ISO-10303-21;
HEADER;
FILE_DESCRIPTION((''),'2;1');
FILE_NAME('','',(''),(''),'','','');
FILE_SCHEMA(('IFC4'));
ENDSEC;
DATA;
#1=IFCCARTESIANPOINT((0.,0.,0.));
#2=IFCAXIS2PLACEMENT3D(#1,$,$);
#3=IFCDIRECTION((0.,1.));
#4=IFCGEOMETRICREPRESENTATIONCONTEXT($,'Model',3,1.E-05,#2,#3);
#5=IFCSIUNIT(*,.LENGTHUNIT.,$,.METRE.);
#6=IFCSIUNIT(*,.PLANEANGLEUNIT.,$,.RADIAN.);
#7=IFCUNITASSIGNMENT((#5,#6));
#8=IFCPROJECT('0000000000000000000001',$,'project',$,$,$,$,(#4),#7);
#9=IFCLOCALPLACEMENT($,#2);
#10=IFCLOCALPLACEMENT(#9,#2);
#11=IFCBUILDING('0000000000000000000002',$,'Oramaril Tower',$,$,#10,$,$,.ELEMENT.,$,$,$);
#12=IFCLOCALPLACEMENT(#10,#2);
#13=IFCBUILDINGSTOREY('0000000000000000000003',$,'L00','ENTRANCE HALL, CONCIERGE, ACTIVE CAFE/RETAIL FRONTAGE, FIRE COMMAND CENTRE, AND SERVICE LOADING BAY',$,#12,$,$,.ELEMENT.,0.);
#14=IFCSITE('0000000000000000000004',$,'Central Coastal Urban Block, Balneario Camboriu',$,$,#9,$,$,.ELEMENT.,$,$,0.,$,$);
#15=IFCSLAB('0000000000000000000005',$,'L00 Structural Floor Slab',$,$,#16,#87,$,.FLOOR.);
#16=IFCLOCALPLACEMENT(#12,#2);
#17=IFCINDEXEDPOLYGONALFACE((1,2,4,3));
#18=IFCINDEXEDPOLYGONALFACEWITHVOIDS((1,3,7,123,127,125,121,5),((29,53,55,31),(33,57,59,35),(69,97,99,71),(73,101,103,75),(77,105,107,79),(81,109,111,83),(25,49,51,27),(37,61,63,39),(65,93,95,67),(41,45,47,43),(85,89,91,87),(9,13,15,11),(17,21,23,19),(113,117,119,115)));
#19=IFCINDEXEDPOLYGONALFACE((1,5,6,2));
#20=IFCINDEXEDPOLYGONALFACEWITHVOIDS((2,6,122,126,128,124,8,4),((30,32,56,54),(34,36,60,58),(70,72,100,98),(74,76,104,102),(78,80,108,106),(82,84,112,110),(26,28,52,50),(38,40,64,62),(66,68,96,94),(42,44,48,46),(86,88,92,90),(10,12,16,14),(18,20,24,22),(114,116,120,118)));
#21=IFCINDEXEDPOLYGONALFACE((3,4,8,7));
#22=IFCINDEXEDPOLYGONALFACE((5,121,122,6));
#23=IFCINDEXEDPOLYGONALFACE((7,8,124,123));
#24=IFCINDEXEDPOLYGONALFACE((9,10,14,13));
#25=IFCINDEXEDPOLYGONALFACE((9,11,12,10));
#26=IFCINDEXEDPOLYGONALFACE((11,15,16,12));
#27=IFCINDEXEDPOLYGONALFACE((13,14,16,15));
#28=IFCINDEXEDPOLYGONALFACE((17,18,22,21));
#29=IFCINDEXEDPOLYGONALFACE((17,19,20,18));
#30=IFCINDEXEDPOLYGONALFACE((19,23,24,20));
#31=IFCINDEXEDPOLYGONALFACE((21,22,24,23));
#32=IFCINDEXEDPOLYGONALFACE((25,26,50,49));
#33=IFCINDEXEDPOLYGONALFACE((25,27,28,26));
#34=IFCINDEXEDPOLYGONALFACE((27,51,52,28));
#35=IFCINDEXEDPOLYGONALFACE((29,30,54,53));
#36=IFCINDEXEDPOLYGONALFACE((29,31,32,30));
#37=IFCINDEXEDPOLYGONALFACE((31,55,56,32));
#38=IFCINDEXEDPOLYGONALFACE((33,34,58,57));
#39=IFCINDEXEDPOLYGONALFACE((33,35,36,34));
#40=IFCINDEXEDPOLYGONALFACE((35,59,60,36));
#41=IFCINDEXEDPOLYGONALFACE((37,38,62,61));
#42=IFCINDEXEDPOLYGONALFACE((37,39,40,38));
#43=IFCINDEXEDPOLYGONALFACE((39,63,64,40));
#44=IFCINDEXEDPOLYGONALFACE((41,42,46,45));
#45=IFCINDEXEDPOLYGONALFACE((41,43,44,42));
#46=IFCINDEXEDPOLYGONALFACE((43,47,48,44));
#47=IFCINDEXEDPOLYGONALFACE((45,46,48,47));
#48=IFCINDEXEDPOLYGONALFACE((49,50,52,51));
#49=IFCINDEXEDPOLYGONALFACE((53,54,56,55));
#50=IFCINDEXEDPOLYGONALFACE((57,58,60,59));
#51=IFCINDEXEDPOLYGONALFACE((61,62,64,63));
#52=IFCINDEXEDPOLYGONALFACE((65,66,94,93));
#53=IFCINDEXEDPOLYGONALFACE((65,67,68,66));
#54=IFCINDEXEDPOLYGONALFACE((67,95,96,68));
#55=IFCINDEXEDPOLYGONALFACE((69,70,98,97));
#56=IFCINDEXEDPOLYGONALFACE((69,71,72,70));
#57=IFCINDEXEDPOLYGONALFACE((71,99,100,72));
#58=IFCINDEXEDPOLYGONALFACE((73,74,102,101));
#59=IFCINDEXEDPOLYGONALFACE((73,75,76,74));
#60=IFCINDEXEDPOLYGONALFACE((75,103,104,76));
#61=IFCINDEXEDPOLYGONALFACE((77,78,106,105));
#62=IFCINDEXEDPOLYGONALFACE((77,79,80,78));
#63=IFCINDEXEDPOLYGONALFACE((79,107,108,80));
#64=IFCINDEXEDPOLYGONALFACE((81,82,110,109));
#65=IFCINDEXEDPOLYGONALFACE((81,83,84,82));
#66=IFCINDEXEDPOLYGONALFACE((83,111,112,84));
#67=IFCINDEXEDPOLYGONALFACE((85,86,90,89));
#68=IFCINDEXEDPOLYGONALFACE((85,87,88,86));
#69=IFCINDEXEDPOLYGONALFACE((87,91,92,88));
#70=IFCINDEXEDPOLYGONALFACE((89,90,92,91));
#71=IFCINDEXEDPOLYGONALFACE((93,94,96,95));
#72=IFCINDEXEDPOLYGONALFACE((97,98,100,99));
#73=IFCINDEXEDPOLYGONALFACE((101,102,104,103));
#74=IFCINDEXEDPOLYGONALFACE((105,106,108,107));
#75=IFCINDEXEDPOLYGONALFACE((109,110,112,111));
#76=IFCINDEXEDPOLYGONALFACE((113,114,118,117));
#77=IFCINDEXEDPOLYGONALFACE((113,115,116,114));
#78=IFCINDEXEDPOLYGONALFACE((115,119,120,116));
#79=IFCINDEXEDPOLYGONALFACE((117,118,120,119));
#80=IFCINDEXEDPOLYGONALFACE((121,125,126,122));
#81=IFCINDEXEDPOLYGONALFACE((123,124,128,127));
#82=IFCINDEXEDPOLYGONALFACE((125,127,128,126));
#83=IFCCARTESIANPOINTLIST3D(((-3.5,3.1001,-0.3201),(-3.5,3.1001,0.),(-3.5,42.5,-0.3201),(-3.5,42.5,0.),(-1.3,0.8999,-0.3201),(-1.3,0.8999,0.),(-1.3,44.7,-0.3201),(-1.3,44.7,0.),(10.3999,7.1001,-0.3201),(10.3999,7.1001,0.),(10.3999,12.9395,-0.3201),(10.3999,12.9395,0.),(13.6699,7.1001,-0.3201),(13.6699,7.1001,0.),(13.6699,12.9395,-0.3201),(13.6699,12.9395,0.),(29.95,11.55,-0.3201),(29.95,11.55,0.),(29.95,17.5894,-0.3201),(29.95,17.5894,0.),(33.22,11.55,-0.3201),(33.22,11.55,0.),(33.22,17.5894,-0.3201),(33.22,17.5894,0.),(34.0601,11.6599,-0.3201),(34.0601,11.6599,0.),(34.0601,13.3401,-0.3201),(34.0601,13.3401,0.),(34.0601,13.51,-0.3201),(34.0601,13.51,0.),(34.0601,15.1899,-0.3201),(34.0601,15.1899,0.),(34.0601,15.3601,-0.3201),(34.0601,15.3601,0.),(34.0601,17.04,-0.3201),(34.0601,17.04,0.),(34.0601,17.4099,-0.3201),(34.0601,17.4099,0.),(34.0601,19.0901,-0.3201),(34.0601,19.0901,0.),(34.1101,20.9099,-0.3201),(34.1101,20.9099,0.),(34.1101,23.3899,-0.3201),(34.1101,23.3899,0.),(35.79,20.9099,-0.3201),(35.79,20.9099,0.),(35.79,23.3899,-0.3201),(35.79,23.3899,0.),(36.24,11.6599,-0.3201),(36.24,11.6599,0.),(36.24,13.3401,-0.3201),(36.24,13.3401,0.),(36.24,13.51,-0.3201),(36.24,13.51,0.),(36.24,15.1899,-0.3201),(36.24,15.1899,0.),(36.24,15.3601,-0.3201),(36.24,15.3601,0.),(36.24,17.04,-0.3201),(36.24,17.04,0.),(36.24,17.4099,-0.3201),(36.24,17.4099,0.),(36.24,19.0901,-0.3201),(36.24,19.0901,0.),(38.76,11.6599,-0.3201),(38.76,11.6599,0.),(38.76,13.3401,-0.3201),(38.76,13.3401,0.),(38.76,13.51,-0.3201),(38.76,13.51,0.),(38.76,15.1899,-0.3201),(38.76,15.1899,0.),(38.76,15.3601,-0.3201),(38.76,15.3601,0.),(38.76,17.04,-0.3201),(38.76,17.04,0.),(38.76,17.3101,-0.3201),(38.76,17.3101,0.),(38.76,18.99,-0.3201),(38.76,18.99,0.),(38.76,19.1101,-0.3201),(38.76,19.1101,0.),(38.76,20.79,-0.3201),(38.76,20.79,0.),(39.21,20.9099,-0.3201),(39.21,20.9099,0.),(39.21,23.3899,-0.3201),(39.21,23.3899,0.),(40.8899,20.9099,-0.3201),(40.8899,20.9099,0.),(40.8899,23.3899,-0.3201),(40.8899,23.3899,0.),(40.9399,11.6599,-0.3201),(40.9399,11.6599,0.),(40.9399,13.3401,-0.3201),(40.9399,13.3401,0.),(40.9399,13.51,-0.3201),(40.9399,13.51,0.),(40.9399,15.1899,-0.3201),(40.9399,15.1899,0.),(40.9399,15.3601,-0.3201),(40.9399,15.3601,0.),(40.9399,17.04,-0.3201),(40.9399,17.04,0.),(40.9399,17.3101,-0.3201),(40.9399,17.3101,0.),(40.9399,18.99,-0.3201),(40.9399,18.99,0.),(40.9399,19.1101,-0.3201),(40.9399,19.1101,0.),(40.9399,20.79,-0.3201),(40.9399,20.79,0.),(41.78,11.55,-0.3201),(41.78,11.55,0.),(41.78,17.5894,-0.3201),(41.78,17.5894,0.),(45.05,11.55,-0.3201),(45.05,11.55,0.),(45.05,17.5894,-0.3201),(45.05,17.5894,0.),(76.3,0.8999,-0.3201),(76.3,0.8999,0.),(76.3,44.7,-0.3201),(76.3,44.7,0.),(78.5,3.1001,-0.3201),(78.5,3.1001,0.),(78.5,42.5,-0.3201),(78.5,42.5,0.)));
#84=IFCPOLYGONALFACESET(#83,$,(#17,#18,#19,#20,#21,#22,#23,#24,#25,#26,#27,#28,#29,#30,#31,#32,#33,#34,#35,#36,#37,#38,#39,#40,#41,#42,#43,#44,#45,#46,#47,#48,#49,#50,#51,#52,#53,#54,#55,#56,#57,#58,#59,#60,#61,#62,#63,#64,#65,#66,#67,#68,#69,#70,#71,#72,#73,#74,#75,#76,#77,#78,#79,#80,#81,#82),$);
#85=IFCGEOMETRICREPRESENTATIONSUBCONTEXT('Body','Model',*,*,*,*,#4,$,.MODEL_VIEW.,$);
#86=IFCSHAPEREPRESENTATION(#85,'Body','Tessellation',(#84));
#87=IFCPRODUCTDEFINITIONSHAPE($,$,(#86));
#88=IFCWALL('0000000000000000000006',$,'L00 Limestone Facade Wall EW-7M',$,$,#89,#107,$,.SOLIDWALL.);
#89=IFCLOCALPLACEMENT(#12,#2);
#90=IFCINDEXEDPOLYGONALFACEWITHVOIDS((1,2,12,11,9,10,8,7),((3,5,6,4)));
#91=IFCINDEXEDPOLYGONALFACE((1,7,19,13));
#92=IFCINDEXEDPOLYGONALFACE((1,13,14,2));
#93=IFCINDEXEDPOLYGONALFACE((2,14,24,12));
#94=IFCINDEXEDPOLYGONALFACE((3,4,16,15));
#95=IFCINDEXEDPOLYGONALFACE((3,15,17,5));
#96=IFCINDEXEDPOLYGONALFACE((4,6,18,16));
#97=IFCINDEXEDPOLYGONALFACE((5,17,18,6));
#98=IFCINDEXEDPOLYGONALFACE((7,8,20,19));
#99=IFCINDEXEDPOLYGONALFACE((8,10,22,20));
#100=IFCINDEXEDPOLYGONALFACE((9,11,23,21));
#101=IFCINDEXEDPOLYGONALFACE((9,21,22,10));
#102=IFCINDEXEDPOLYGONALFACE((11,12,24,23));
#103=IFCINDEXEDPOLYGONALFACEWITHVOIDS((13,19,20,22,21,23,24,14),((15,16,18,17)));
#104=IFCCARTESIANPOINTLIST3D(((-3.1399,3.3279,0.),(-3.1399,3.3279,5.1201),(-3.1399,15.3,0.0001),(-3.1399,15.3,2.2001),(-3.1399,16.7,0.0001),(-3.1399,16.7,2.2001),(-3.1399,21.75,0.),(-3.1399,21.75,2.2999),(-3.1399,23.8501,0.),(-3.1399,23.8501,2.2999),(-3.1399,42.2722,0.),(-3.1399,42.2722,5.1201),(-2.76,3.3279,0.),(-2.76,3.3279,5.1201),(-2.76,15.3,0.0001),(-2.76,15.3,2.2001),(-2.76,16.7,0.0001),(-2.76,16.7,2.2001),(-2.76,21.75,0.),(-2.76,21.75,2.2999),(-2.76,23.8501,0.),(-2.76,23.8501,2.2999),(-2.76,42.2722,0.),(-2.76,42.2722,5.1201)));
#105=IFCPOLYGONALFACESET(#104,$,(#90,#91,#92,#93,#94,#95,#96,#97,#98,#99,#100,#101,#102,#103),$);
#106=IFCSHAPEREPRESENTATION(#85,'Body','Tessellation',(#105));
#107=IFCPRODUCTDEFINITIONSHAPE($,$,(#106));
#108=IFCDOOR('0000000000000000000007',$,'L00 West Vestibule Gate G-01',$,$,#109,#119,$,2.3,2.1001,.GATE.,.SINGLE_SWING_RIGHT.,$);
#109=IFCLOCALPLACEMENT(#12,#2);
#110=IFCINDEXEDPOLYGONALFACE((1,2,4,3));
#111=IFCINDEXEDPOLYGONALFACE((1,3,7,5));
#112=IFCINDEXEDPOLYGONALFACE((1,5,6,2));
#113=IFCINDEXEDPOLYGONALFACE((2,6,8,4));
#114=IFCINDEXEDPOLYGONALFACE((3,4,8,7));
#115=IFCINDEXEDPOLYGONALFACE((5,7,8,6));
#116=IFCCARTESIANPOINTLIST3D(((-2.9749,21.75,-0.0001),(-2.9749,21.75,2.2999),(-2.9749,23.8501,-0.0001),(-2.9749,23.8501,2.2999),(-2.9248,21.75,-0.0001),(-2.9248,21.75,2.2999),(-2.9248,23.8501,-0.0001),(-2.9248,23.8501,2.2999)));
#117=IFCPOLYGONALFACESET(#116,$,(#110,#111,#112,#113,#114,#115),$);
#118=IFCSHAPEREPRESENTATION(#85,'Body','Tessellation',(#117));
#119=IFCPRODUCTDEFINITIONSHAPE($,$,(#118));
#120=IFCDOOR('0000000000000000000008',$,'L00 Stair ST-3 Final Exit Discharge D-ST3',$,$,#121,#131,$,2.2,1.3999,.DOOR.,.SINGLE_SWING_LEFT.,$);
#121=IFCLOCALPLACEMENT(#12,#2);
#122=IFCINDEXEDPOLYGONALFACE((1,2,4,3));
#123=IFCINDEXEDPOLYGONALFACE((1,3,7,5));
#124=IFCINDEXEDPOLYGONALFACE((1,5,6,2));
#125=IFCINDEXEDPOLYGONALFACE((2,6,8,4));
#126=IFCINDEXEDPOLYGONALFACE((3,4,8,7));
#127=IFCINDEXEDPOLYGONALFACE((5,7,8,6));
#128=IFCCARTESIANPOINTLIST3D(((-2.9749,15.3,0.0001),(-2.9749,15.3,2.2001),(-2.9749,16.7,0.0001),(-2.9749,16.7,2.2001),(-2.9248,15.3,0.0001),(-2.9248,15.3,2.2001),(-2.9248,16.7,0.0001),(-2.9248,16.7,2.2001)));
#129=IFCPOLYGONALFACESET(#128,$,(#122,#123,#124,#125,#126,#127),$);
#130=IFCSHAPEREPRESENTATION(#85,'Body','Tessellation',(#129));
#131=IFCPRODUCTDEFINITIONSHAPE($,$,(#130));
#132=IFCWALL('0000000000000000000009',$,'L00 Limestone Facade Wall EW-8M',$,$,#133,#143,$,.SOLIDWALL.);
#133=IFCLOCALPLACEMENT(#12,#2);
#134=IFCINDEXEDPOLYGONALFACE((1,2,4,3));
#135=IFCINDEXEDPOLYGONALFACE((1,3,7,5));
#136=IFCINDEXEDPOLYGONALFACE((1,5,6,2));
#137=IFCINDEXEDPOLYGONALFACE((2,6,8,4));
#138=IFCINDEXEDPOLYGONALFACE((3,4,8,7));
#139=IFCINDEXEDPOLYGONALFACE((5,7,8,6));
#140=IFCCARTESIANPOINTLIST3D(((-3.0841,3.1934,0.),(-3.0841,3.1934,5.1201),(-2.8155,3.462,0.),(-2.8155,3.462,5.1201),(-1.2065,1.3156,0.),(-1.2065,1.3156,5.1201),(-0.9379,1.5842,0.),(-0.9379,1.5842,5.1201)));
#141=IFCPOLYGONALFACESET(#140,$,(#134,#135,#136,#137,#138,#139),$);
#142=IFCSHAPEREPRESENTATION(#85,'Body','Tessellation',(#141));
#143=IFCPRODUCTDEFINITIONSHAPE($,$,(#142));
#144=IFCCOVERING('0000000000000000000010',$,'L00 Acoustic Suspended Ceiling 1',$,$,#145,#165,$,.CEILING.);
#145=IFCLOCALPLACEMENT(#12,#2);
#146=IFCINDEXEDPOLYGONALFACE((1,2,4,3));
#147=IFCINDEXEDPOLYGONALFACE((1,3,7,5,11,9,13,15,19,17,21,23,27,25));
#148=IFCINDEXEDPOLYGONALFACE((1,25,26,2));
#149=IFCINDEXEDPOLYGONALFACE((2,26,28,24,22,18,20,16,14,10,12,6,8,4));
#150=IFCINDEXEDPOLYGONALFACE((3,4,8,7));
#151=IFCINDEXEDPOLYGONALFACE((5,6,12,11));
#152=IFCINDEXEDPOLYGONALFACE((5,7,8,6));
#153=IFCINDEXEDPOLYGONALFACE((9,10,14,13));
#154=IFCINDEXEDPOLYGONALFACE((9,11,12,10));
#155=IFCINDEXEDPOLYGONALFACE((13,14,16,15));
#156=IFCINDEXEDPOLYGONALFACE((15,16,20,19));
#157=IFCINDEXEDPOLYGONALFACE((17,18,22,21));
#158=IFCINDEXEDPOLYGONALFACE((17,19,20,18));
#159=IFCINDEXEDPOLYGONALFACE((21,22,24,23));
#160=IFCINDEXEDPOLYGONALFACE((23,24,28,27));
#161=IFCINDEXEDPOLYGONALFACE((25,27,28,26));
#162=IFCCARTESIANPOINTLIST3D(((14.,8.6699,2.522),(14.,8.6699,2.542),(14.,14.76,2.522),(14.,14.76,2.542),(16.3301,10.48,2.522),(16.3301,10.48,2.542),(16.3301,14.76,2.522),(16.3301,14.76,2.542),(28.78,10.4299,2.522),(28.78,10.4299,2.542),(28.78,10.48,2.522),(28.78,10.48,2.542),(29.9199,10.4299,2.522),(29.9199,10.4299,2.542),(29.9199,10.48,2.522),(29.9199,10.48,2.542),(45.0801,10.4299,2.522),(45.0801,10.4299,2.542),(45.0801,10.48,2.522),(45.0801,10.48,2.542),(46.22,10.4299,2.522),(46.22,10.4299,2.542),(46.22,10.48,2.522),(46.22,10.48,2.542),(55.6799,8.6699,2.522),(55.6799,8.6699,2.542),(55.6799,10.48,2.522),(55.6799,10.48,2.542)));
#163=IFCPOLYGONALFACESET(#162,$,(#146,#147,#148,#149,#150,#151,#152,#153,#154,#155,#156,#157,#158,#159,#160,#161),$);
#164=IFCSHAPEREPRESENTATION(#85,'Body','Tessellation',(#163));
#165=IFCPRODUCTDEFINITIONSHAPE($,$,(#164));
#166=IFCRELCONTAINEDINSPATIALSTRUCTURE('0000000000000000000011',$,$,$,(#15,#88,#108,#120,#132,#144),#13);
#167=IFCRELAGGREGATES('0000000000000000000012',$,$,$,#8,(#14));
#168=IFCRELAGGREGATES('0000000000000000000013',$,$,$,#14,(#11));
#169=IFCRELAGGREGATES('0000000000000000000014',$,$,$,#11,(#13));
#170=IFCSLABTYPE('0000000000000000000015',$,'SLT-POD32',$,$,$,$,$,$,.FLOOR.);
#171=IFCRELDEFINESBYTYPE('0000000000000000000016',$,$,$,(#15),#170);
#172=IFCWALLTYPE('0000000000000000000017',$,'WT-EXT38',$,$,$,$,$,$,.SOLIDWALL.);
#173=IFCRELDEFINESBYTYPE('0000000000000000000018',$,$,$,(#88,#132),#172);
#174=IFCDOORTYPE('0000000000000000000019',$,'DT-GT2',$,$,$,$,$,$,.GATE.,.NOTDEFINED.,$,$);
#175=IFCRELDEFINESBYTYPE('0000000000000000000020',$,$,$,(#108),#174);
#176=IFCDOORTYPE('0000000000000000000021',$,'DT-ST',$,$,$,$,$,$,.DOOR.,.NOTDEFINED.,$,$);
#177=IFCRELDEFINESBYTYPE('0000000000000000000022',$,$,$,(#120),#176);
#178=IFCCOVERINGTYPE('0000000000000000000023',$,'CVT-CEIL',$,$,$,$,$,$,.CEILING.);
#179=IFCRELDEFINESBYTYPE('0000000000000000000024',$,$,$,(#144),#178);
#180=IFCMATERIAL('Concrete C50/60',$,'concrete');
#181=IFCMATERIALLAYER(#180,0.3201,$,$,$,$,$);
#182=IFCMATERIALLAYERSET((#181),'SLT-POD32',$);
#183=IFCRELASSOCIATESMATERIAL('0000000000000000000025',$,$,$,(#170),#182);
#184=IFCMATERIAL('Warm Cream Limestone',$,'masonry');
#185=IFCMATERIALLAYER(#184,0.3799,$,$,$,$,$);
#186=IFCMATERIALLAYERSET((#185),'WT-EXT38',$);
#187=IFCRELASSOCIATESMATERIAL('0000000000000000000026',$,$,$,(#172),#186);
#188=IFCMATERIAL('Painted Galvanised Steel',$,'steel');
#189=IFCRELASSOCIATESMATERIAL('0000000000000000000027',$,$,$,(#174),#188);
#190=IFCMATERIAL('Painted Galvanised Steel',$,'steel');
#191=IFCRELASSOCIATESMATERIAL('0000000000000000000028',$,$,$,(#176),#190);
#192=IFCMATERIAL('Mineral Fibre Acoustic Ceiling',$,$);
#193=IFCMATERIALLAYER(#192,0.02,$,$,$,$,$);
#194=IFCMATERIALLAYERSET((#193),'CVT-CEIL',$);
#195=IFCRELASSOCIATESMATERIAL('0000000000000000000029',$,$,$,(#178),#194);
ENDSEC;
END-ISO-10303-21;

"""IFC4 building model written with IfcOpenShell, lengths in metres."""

from ifc_helpers import new_model, si_unit, direction, frame, frame_2d, origin, place, context, subcontext, project, spatial, polyline, rectangle, outline, extrude, material, layer, layer_set, type_object, element, fill, save


model = new_model("IFC4")

# Units and contexts
model_context = context("Model", 3, precision=1e-05, world=origin(), true_north=direction((0.0, 1.0)))
body_context = subcontext(model_context, "Body", "Model", "MODEL_VIEW")
ifc_project = project(units=[si_unit("LENGTHUNIT", "METRE"), si_unit("PLANEANGLEUNIT", "RADIAN")], contexts=[model_context])

# Site, building, storey
site_placement = place(None, origin())
site = spatial("IfcSite", under=ifc_project, at=site_placement, Name="Central Coastal Urban Block, Balneario Camboriu", CompositionType="ELEMENT", RefElevation=0.0)
building_placement = place(site_placement, origin())
building = spatial("IfcBuilding", under=site, at=building_placement, Name="Oramaril Tower", CompositionType="ELEMENT")
storey_placement = place(building_placement, origin())
storey = spatial("IfcBuildingStorey", under=building, at=storey_placement, Name="L00", Description="ENTRANCE HALL, CONCIERGE, ACTIVE CAFE/RETAIL FRONTAGE, FIRE COMMAND CENTRE, AND SERVICE LOADING BAY", CompositionType="ELEMENT", Elevation=0.0)

# Slab
ifc_material_1 = material(Name="Concrete C50/60", Category="concrete")
ifc_layer_1 = layer(ifc_material_1, 0.3201)
ifc_layer_set_1 = layer_set([ifc_layer_1], Name="SLT-POD32")
slab_type_1 = type_object("IfcSlabType", Name="SLT-POD32", PredefinedType="FLOOR", material=ifc_layer_set_1)
slab_1_placement = place(storey_placement, frame((0.0, 0.0, -0.3201)))
element("IfcSlab", 1, at=slab_1_placement, inside=storey, type_object=slab_type_1, Name="L00 Structural Floor Slab", PredefinedType="FLOOR", context=body_context, shape_type="SweptSolid", body=[
    extrude(outline(polyline([(-1.3, 0.8999), (76.3, 0.8999), (78.5, 3.1001), (78.5, 42.5), (76.3, 44.7), (-1.3, 44.7), (-3.5, 42.5), (-3.5, 3.1001), (-1.3, 0.8999)]), holes=[polyline([(29.95, 17.5894), (29.95, 11.55), (33.22, 11.55), (33.22, 17.5894), (29.95, 17.5894)]), polyline([(41.78, 17.5894), (41.78, 11.55), (45.05, 11.55), (45.05, 17.5894), (41.78, 17.5894)]), polyline([(10.3999, 12.9395), (10.3999, 7.1001), (13.6699, 7.1001), (13.6699, 12.9395), (10.3999, 12.9395)]), polyline([(34.1101, 20.9099), (35.79, 20.9099), (35.79, 23.3899), (34.1101, 23.3899), (34.1101, 20.9099)]), polyline([(39.21, 20.9099), (40.8899, 20.9099), (40.8899, 23.3899), (39.21, 23.3899), (39.21, 20.9099)]), polyline([(34.0601, 11.6599), (36.24, 11.6599), (36.24, 13.3401), (34.0601, 13.3401), (34.0601, 11.6599)]), polyline([(34.0601, 13.51), (36.24, 13.51), (36.24, 15.1899), (34.0601, 15.1899), (34.0601, 13.51)]), polyline([(34.0601, 15.3601), (36.24, 15.3601), (36.24, 17.04), (34.0601, 17.04), (34.0601, 15.3601)]), polyline([(38.76, 11.6599), (40.9399, 11.6599), (40.9399, 13.3401), (38.76, 13.3401), (38.76, 11.6599)]), polyline([(38.76, 13.51), (40.9399, 13.51), (40.9399, 15.1899), (38.76, 15.1899), (38.76, 13.51)]), polyline([(38.76, 15.3601), (40.9399, 15.3601), (40.9399, 17.04), (38.76, 17.04), (38.76, 15.3601)]), polyline([(34.0601, 17.4099), (36.24, 17.4099), (36.24, 19.0901), (34.0601, 19.0901), (34.0601, 17.4099)]), polyline([(38.76, 17.3101), (40.9399, 17.3101), (40.9399, 18.99), (38.76, 18.99), (38.76, 17.3101)]), polyline([(38.76, 19.1101), (40.9399, 19.1101), (40.9399, 20.79), (38.76, 20.79), (38.76, 19.1101)])]), origin(), (0.0, 0.0, 1.0), 0.3201),
])

# Wall, openings, doors
ifc_material_2 = material(Name="Warm Cream Limestone", Category="masonry")
ifc_layer_2 = layer(ifc_material_2, 0.3799)
ifc_layer_set_2 = layer_set([ifc_layer_2], Name="WT-EXT38")
wall_type = type_object("IfcWallType", Name="WT-EXT38", PredefinedType="SOLIDWALL", material=ifc_layer_set_2)
wall_1_placement = place(storey_placement, frame((-2.95, 3.3279, 0.0), z_axis=(0.0, 0.0, 1.0), x_axis=(0.0, 1.0, 0.0)))
wall_1 = element("IfcWall", 2, at=wall_1_placement, inside=storey, type_object=wall_type, Name="L00 Limestone Facade Wall EW-7M", PredefinedType="SOLIDWALL", context=body_context, shape_type="SweptSolid", body=[
    extrude(rectangle(XDim=38.9443, YDim=0.3799, at=frame_2d((19.4722, 0.0))), origin(), (0.0, 0.0, 1.0), 5.1201),
])
opening_1_placement = place(wall_1_placement, frame((11.9722, 0.0, 0.0)))
opening_1 = element("IfcOpeningElement", 3, at=opening_1_placement, cuts=wall_1, PredefinedType="OPENING", context=body_context, shape_type="SweptSolid", body=[
    extrude(rectangle(XDim=1.3999, YDim=2.2, at=frame_2d((0.7, 1.1001))), frame((0.0, 0.1899, 0.0), z_axis=(0.0, -1.0, 0.0), x_axis=(1.0, 0.0, 0.0)), (0.0, 0.0, 1.0), 0.3799),
])
opening_2_placement = place(wall_1_placement, frame((18.4221, 0.0, 0.0)))
opening_2 = element("IfcOpeningElement", 4, at=opening_2_placement, cuts=wall_1, PredefinedType="OPENING", context=body_context, shape_type="SweptSolid", body=[
    extrude(rectangle(XDim=2.1001, YDim=2.3, at=frame_2d((1.05, 1.1499))), frame((0.0, 0.1899, 0.0), z_axis=(0.0, -1.0, 0.0), x_axis=(1.0, 0.0, 0.0)), (0.0, 0.0, 1.0), 0.3799),
])
ifc_material_3 = material(Name="Painted Galvanised Steel", Category="steel")
door_type_1 = type_object("IfcDoorType", Name="DT-GT2", OperationType="NOTDEFINED", PredefinedType="GATE", material=ifc_material_3)
door_1_placement = place(opening_2_placement, origin())
door_1 = element("IfcDoor", 5, at=door_1_placement, inside=storey, type_object=door_type_1, Name="L00 West Vestibule Gate G-01", OperationType="SINGLE_SWING_RIGHT", OverallHeight=2.3, OverallWidth=2.1001, PredefinedType="GATE", context=body_context, shape_type="SweptSolid", body=[
    extrude(rectangle(XDim=2.1001, YDim=2.3, at=frame_2d((1.05, 1.1499))), frame((0.0, 0.0249, 0.0), z_axis=(0.0, -1.0, 0.0), x_axis=(1.0, 0.0, 0.0)), (0.0, 0.0, 1.0), 0.05),
])
fill(opening_2, door_1)
ifc_material_4 = material(Name="Painted Galvanised Steel", Category="steel")
door_type_2 = type_object("IfcDoorType", Name="DT-ST", OperationType="NOTDEFINED", PredefinedType="DOOR", material=ifc_material_4)
door_2_placement = place(opening_1_placement, origin())
door_2 = element("IfcDoor", 6, at=door_2_placement, inside=storey, type_object=door_type_2, Name="L00 Stair ST-3 Final Exit Discharge D-ST3", OperationType="SINGLE_SWING_LEFT", OverallHeight=2.2, OverallWidth=1.3999, PredefinedType="DOOR", context=body_context, shape_type="SweptSolid", body=[
    extrude(rectangle(XDim=1.3999, YDim=2.2, at=frame_2d((0.7, 1.1001))), frame((0.0, 0.0249, 0.0), z_axis=(0.0, -1.0, 0.0), x_axis=(1.0, 0.0, 0.0)), (0.0, 0.0, 1.0), 0.05),
])
fill(opening_1, door_2)

# Wall
wall_2_placement = place(storey_placement, frame((-1.0723, 1.45, 0.0), z_axis=(0.0, 0.0, 1.0), x_axis=(-0.707061, 0.707153, 0.0)))
element("IfcWall", 7, at=wall_2_placement, inside=storey, type_object=wall_type, Name="L00 Limestone Facade Wall EW-8M", PredefinedType="SOLIDWALL", context=body_context, shape_type="SweptSolid", body=[
    extrude(rectangle(XDim=2.6555, YDim=0.3799, at=frame_2d((1.3276, 0.0))), origin(), (0.0, 0.0, 1.0), 5.1201),
])

# Covering
ifc_material_5 = material(Name="Mineral Fibre Acoustic Ceiling")
ifc_layer_3 = layer(ifc_material_5, 0.02)
ifc_layer_set_3 = layer_set([ifc_layer_3], Name="CVT-CEIL")
covering_type_1 = type_object("IfcCoveringType", Name="CVT-CEIL", PredefinedType="CEILING", material=ifc_layer_set_3)
covering_1_placement = place(storey_placement, frame((0.0, 0.0, 2.522)))
element("IfcCovering", 8, at=covering_1_placement, inside=storey, type_object=covering_type_1, Name="L00 Acoustic Suspended Ceiling 1", PredefinedType="CEILING", context=body_context, shape_type="SweptSolid", body=[
    extrude(outline(polyline([(28.78, 10.48), (28.78, 10.4299), (29.9199, 10.4299), (29.9199, 10.48), (45.0801, 10.48), (45.0801, 10.4299), (46.22, 10.4299), (46.22, 10.48), (55.6799, 10.48), (55.6799, 8.6699), (14.0, 8.6699), (14.0, 14.76), (16.3301, 14.76), (16.3301, 10.48), (28.78, 10.48)])), origin(), (0.0, 0.0, 1.0), 0.02),
])

save(model, "model.ifc")
